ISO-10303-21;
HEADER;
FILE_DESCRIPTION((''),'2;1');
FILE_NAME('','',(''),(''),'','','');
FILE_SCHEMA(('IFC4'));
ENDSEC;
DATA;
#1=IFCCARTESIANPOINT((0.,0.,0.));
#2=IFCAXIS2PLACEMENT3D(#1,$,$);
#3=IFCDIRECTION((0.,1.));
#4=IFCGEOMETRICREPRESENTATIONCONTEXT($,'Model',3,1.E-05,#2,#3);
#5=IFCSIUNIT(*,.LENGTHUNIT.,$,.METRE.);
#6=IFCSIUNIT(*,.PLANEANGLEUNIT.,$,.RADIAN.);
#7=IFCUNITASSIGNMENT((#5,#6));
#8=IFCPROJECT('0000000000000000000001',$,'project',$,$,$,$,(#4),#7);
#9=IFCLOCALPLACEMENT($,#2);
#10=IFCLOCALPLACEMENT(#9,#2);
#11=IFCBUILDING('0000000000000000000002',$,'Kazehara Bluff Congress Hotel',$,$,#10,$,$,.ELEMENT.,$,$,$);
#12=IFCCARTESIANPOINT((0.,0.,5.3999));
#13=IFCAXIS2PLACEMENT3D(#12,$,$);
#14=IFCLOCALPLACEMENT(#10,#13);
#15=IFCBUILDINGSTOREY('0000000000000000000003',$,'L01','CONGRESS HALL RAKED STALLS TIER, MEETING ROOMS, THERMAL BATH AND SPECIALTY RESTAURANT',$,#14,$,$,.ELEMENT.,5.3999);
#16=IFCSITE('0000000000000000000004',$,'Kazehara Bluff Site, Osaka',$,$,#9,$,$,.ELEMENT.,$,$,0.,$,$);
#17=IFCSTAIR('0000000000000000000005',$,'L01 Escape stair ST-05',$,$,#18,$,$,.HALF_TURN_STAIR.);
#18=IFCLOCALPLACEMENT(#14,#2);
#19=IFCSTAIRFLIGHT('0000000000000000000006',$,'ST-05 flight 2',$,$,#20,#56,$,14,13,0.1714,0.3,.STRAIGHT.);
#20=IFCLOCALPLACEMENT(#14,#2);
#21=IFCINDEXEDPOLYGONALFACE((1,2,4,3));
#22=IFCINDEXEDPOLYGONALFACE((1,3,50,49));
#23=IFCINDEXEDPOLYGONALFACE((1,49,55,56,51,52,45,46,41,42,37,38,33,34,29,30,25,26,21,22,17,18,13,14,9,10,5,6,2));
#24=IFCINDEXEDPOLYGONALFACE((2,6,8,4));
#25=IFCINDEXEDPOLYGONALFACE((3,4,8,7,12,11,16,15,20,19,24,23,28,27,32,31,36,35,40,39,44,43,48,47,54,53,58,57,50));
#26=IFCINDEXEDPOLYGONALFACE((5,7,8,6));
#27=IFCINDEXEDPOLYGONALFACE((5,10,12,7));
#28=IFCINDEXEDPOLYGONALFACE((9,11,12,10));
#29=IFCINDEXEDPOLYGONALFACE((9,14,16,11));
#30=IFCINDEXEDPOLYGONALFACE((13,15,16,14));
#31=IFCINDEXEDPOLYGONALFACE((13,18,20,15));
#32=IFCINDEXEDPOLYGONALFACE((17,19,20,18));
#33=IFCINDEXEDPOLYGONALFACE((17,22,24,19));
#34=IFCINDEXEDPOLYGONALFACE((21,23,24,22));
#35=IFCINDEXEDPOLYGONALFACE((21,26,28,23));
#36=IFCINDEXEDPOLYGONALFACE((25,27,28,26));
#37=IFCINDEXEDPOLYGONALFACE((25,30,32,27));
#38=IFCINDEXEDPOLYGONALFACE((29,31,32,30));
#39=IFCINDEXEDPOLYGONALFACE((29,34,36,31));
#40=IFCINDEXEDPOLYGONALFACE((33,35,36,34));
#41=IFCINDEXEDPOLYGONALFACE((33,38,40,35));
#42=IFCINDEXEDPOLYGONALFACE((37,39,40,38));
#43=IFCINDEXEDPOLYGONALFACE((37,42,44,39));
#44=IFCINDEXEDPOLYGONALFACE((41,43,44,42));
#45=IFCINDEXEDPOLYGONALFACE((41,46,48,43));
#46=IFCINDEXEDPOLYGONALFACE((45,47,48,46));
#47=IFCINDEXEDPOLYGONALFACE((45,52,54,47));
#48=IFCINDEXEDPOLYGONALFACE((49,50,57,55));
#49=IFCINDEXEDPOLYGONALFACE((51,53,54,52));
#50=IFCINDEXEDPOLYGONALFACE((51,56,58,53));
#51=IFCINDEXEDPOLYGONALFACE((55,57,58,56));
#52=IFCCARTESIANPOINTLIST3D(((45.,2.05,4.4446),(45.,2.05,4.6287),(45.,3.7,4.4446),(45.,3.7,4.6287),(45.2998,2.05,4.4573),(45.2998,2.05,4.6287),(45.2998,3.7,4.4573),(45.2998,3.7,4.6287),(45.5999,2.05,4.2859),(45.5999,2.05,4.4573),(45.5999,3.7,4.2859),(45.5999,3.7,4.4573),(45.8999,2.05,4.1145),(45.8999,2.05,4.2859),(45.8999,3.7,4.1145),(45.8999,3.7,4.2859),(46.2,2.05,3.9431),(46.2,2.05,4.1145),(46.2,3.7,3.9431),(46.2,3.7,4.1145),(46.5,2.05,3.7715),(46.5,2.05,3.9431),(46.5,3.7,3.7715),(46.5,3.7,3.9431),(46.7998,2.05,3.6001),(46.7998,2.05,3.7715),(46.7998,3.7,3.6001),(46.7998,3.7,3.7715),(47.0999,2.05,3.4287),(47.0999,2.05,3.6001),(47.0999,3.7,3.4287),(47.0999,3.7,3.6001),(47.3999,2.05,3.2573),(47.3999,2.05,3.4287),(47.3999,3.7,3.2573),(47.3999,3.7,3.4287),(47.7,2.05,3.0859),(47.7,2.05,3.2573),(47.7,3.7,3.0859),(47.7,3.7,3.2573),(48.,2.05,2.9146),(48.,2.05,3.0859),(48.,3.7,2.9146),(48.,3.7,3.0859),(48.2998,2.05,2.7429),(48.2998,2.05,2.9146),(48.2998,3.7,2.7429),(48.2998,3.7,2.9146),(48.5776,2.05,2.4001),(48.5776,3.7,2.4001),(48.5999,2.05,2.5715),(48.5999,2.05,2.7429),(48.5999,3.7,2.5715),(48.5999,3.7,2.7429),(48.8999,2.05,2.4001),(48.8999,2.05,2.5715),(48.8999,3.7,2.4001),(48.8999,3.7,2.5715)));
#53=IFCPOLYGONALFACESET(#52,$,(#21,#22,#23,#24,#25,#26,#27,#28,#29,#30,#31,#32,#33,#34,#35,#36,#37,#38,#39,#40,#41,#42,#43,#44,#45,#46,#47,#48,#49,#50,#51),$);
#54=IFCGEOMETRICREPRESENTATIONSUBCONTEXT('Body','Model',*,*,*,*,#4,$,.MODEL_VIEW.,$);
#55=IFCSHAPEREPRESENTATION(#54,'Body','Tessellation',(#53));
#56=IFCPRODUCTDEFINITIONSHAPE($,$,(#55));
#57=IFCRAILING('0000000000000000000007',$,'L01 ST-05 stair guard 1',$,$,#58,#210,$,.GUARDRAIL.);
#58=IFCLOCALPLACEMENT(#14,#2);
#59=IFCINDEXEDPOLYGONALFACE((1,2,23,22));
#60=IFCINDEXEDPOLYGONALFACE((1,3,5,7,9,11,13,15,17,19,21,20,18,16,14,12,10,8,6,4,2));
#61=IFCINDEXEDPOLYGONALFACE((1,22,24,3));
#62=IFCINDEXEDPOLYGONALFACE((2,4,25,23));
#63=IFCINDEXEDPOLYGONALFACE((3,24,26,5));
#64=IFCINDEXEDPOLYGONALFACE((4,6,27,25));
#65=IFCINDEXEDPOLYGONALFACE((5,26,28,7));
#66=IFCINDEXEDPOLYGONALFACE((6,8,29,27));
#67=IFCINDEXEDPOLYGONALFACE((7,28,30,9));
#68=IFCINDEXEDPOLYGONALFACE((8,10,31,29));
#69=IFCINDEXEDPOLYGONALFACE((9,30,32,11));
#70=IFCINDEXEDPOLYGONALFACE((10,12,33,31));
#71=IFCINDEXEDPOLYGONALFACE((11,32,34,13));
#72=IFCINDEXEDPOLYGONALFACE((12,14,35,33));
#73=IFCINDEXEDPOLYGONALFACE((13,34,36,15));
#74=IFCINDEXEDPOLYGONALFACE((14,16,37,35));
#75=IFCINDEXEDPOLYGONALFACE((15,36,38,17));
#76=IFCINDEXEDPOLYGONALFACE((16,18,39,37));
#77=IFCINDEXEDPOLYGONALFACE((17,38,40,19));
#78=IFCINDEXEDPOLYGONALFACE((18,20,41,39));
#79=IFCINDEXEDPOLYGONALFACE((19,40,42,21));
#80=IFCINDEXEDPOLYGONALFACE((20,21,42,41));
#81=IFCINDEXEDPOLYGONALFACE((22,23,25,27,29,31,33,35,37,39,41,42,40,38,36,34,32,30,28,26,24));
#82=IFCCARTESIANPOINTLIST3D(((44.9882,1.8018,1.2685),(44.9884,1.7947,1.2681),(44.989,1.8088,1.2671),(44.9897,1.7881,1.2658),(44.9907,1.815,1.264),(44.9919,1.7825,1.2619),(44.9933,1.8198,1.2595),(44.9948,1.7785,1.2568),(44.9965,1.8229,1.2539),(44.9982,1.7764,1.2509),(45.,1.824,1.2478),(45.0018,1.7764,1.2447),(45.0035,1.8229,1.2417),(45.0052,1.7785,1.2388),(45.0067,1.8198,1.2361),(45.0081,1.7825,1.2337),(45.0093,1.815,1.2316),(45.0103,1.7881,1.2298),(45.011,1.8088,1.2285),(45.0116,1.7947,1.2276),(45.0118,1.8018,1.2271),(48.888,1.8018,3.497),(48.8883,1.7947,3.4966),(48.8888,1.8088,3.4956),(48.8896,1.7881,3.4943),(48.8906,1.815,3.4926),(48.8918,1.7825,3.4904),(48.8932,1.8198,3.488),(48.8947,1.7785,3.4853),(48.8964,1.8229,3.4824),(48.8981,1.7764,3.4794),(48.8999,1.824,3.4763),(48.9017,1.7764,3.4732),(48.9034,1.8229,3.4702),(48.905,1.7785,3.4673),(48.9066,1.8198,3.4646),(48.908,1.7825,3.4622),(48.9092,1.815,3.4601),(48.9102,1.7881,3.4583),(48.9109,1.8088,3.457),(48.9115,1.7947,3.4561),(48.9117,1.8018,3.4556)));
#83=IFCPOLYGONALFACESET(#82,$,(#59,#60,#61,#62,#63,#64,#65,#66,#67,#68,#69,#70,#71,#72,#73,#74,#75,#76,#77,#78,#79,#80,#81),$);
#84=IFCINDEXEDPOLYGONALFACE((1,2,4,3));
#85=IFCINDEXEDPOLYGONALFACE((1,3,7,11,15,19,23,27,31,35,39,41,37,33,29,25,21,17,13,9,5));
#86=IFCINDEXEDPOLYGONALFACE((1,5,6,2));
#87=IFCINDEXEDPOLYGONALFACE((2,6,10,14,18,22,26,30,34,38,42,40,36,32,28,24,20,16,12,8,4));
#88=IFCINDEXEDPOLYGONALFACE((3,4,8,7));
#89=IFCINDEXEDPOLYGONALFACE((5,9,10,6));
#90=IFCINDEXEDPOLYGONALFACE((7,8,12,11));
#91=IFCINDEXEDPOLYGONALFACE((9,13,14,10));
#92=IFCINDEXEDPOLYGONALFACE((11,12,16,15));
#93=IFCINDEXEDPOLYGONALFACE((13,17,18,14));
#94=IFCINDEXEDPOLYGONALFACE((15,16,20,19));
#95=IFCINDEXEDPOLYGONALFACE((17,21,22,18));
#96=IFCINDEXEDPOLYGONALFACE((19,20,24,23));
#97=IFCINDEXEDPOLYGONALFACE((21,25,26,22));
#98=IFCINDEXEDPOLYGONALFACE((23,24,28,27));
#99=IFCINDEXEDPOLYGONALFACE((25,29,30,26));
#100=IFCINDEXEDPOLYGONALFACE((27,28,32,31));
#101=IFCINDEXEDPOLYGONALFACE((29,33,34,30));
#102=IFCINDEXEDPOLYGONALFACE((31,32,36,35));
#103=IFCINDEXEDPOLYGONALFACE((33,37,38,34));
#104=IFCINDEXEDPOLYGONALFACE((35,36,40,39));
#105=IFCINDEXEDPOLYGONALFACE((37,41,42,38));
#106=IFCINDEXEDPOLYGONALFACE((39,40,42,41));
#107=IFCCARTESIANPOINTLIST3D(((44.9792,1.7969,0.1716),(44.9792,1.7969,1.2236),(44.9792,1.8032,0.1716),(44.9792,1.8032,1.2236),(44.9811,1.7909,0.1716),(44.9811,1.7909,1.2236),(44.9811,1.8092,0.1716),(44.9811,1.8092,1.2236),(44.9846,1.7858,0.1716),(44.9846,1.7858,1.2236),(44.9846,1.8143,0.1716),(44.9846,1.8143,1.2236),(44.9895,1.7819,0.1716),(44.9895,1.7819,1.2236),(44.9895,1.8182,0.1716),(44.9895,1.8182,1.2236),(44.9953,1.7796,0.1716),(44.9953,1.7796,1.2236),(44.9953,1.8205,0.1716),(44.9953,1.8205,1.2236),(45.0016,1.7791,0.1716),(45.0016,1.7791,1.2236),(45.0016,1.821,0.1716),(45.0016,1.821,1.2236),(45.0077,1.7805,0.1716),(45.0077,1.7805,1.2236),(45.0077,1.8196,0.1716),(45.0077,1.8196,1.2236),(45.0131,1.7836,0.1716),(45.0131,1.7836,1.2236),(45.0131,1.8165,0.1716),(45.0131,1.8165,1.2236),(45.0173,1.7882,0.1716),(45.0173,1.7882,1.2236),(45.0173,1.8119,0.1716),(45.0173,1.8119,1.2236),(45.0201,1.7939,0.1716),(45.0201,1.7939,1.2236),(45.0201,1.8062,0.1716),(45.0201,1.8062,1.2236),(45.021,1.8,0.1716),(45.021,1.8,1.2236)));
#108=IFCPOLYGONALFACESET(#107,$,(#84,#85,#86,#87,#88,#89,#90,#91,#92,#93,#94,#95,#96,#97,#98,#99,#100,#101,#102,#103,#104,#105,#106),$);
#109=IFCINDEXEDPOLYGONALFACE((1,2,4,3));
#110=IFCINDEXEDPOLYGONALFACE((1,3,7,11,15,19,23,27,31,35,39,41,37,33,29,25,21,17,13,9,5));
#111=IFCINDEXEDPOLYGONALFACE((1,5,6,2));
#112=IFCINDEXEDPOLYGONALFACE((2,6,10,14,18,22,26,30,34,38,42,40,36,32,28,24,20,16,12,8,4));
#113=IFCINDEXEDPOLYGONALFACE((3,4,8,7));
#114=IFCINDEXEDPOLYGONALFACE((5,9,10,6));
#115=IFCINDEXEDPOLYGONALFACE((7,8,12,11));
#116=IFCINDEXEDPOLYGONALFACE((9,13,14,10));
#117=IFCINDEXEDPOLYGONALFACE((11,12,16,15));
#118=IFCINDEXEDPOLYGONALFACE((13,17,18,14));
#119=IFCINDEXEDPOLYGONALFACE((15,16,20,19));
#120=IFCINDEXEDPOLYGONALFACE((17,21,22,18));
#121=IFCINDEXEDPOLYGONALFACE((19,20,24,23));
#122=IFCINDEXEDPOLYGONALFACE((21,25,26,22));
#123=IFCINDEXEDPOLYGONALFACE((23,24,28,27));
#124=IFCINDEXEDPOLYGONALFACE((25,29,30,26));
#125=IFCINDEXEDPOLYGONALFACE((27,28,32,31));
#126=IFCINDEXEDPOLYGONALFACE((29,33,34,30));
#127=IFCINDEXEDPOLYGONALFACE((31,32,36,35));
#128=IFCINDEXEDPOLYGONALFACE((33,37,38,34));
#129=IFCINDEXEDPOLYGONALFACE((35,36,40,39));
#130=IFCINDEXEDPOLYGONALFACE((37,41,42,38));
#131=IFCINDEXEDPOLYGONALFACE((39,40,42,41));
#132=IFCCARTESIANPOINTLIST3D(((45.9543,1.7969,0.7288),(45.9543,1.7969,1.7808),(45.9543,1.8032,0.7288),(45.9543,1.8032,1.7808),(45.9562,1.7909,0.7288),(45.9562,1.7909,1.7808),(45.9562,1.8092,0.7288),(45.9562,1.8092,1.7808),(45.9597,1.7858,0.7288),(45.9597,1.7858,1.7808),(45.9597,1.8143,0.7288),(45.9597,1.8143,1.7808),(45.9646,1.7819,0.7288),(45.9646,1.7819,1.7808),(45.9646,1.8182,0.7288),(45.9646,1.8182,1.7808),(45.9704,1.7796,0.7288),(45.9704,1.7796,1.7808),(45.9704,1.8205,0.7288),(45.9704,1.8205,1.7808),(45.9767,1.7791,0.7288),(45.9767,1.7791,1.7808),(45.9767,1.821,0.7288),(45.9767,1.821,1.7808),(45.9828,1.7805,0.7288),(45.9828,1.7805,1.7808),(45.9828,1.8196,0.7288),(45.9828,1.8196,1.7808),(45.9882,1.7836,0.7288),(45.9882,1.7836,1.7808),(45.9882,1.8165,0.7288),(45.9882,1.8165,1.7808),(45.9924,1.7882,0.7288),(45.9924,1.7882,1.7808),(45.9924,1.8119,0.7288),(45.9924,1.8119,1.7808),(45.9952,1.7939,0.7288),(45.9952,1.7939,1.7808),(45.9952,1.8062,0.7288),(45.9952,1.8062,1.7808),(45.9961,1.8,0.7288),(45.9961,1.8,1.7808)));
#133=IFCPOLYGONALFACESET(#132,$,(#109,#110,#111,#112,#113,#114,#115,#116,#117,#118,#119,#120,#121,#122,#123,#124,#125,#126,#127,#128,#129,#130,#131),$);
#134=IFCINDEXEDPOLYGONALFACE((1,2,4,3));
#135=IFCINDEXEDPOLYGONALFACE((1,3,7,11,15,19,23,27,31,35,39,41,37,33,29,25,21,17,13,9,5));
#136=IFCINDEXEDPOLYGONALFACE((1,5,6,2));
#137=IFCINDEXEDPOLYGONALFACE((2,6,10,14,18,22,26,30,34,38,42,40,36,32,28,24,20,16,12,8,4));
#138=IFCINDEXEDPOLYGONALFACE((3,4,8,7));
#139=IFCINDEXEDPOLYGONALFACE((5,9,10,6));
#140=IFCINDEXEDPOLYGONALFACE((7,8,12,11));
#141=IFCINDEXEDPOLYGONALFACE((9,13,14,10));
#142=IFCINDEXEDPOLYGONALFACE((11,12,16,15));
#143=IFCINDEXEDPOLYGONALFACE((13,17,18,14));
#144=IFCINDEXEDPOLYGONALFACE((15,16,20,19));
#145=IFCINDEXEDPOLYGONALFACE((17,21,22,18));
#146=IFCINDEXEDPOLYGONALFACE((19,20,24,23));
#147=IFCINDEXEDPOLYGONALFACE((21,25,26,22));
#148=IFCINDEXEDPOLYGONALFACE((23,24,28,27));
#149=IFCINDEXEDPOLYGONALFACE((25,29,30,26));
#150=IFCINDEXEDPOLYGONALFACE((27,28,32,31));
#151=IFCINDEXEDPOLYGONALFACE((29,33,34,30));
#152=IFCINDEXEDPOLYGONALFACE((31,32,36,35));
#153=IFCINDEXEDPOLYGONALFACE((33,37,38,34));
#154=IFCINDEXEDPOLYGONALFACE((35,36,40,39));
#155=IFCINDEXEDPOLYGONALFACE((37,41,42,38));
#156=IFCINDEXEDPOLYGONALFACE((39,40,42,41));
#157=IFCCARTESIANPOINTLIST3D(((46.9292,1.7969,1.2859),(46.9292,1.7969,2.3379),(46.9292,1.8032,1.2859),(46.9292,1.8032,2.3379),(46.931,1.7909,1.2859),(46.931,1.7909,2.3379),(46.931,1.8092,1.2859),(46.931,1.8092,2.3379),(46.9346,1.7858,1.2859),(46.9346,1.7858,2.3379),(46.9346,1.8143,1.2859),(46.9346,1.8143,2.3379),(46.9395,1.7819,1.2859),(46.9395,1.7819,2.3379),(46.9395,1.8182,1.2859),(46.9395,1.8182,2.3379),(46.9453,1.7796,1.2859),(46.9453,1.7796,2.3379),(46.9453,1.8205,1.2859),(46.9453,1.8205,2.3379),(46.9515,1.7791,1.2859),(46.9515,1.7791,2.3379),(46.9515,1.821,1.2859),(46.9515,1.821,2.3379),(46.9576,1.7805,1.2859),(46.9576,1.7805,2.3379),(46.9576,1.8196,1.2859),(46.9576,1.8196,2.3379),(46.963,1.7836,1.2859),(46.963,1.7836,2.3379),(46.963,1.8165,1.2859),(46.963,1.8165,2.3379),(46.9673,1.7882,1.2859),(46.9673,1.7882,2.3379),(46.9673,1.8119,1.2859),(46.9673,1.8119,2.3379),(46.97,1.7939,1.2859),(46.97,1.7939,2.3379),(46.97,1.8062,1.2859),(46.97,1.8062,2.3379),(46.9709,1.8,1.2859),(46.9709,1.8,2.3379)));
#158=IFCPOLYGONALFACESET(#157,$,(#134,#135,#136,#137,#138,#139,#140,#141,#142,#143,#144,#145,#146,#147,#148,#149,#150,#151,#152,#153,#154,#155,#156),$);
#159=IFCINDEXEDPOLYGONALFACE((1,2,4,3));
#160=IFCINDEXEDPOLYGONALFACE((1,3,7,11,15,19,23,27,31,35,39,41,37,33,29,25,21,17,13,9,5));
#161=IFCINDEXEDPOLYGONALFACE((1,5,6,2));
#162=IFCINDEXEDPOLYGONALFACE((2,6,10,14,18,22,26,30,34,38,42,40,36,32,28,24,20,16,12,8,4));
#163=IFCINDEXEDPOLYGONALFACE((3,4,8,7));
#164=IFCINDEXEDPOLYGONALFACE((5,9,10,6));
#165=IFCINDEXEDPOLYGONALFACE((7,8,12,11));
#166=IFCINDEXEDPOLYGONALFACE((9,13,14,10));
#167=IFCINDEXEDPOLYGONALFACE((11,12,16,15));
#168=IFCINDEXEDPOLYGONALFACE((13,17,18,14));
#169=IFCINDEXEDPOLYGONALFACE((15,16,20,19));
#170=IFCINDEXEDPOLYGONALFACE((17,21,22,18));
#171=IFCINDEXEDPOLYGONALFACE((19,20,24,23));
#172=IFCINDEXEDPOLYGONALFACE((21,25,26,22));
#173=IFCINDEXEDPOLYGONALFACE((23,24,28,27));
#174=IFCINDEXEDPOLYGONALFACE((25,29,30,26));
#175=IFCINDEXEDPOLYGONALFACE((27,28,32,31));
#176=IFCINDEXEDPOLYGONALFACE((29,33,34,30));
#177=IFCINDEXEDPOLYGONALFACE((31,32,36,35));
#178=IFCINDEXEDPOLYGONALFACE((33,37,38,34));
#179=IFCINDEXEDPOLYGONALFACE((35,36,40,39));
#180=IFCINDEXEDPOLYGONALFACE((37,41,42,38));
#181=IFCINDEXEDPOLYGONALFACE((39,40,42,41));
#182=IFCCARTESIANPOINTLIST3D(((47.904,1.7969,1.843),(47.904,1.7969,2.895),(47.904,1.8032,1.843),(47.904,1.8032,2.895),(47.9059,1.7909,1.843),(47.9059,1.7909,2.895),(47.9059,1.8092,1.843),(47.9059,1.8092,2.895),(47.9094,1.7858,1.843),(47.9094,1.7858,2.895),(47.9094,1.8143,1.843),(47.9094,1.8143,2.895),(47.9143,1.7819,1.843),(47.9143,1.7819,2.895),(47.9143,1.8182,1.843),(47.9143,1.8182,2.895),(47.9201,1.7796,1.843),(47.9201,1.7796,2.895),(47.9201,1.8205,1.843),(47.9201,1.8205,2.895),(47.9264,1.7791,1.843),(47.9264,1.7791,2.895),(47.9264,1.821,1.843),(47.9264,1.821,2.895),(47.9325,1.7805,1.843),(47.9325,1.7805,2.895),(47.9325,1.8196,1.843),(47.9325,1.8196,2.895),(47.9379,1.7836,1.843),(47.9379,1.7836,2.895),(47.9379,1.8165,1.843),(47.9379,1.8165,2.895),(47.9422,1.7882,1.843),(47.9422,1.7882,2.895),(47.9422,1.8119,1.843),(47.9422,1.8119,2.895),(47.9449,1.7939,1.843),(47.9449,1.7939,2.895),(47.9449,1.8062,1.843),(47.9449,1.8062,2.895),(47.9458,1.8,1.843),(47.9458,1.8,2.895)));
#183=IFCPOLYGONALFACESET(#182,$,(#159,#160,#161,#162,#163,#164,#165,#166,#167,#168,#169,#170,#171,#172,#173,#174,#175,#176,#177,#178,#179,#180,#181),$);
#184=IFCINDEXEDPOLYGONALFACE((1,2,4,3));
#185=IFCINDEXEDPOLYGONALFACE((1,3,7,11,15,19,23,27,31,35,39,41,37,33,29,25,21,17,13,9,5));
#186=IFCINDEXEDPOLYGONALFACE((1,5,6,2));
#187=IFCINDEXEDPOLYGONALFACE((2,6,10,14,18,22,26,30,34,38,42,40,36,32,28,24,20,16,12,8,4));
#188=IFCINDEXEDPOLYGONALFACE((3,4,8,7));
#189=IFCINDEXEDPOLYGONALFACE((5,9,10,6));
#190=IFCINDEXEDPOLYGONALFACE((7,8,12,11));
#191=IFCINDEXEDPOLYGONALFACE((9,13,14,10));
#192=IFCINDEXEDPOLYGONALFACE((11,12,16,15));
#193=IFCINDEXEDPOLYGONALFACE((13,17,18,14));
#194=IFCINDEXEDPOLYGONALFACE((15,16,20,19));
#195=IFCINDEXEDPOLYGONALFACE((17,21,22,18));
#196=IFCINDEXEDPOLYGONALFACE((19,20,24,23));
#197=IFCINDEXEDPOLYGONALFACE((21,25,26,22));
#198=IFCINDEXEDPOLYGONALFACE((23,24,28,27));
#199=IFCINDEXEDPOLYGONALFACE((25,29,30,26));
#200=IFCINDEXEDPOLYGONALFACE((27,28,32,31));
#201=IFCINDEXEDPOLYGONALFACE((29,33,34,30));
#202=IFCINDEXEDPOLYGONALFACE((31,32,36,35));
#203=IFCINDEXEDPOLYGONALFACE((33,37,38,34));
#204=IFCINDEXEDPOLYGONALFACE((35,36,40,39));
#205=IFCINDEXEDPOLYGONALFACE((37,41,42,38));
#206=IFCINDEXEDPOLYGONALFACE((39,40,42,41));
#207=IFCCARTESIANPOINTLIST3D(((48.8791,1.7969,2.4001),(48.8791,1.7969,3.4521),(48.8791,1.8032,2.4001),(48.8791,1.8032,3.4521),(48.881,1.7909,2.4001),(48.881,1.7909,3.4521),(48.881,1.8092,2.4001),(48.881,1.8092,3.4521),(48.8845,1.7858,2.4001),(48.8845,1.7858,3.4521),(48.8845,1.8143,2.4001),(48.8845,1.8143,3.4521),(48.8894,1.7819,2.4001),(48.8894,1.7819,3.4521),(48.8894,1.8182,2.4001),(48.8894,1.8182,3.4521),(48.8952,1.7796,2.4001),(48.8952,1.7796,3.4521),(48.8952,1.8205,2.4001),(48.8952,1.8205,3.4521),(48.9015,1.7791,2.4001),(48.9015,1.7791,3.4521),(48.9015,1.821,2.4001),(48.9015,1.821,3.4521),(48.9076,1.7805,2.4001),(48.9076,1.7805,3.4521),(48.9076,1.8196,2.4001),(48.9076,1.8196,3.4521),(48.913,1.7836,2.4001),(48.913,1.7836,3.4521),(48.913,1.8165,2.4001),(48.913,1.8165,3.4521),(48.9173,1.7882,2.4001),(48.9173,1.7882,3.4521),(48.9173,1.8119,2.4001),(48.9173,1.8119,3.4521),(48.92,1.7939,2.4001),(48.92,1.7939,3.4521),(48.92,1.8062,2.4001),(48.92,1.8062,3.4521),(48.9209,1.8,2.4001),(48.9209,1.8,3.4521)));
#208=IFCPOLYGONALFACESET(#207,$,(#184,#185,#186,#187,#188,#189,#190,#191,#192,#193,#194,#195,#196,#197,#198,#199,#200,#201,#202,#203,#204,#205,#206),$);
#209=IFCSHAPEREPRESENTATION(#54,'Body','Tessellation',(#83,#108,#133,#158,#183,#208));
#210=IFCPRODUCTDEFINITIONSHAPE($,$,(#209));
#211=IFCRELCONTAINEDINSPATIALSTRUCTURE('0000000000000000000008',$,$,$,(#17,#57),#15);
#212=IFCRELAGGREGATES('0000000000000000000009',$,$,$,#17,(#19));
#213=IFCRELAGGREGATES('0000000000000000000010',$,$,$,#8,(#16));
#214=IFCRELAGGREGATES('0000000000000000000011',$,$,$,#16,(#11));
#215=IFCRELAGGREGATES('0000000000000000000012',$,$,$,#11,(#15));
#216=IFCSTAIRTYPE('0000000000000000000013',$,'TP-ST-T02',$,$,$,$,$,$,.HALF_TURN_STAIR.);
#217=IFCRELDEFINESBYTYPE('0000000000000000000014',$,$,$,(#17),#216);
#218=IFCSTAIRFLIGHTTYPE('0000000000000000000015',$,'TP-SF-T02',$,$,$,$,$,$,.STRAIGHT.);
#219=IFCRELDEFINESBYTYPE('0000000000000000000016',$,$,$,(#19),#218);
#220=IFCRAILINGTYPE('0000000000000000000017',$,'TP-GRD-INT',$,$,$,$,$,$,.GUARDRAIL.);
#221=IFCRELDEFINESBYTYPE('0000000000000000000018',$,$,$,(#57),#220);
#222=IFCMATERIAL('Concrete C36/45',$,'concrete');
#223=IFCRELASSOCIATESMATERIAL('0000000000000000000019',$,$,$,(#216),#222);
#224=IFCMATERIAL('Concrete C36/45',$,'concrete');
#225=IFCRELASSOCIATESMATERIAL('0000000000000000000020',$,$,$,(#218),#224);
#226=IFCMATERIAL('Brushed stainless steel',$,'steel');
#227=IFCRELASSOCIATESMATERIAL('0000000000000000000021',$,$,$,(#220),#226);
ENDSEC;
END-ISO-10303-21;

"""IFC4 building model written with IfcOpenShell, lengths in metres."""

from ifc_helpers import new_model, si_unit, direction, frame, origin, origin_2d, place, context, subcontext, project, spatial, polyline, circle, outline, extrude, material, type_object, element, aggregate, save


model = new_model("IFC4")

# Units and contexts
model_context = context("Model", 3, precision=1e-05, world=origin(), true_north=direction((0.0, 1.0)))
body_context = subcontext(model_context, "Body", "Model", "MODEL_VIEW")
ifc_project = project(units=[si_unit("LENGTHUNIT", "METRE"), si_unit("PLANEANGLEUNIT", "RADIAN")], contexts=[model_context])

# Site, building, storey
site_placement = place(None, origin())
site = spatial("IfcSite", under=ifc_project, at=site_placement, Name="Kazehara Bluff Site, Osaka", CompositionType="ELEMENT", RefElevation=0.0)
building_placement = place(site_placement, origin())
building = spatial("IfcBuilding", under=site, at=building_placement, Name="Kazehara Bluff Congress Hotel", CompositionType="ELEMENT")
storey_placement = place(building_placement, frame((0.0, 0.0, 5.3999)))
storey = spatial("IfcBuildingStorey", under=building, at=storey_placement, Name="L01", Description="CONGRESS HALL RAKED STALLS TIER, MEETING ROOMS, THERMAL BATH AND SPECIALTY RESTAURANT", CompositionType="ELEMENT", Elevation=5.3999)

# Stair, stair flight
ifc_material_1 = material(Name="Concrete C36/45", Category="concrete")
stair_type = type_object("IfcStairType", Name="TP-ST-T02", PredefinedType="HALF_TURN_STAIR", material=ifc_material_1)
stair_placement = place(storey_placement, origin())
stair = element("IfcStair", 1, at=stair_placement, inside=storey, type_object=stair_type, Name="L01 Escape stair ST-05", PredefinedType="HALF_TURN_STAIR")
ifc_material_2 = material(Name="Concrete C36/45", Category="concrete")
stair_flight_type = type_object("IfcStairFlightType", Name="TP-SF-T02", PredefinedType="STRAIGHT", material=ifc_material_2)
stair_flight_1_placement = place(storey_placement, frame((48.8999, 2.875, 2.4001), z_axis=(0.0, 0.0, 1.0), x_axis=(-1.0, 0.0, 0.0)))
stair_flight_1 = element("IfcStairFlight", 2, at=stair_flight_1_placement, type_object=stair_flight_type, Name="ST-05 flight 2", NumberOfRisers=14, NumberOfTreads=13, PredefinedType="STRAIGHT", RiserHeight=0.1714, TreadLength=0.3, context=body_context, shape_type="SweptSolid", body=[
    extrude(outline(polyline([(0.0, 0.0), (0.0, 0.1714), (0.3, 0.1714), (0.3, 0.3428), (0.6001, 0.3428), (0.6001, 0.5144), (0.8999, 0.5144), (0.8999, 0.6858), (1.2, 0.6858), (1.2, 0.8572), (1.5, 0.8572), (1.5, 1.0286), (1.8, 1.0286), (1.8, 1.2), (2.1001, 1.2), (2.1001, 1.3713), (2.3999, 1.3713), (2.3999, 1.543), (2.7, 1.543), (2.7, 1.7144), (3.0, 1.7144), (3.0, 1.8857), (3.3, 1.8857), (3.3, 2.0571), (3.6001, 2.0571), (3.6001, 2.2285), (3.8999, 2.2285), (3.8999, 2.3999), (3.8999, 2.0444), (0.3223, 0.0), (0.0, 0.0)])), frame((0.0, 0.825, 0.0), z_axis=(0.0, -1.0, 0.0), x_axis=(1.0, 0.0, 0.0)), (0.0, 0.0, 1.0), 1.6499),
])
aggregate(stair, [stair_flight_1])

# Railing
ifc_material_3 = material(Name="Brushed stainless steel", Category="steel")
railing_type_1 = type_object("IfcRailingType", Name="TP-GRD-INT", PredefinedType="GUARDRAIL", material=ifc_material_3)
railing_1_placement = place(storey_placement, frame((45.0, 1.8, 0.1716)))
element("IfcRailing", 3, at=railing_1_placement, inside=storey, type_object=railing_type_1, Name="L01 ST-05 stair guard 1", PredefinedType="GUARDRAIL", context=body_context, shape_type="SweptSolid", body=[
    extrude(circle(Radius=0.0239, at=origin_2d()), frame((0.0, 0.0, 1.0762), z_axis=(0.868243, 0.0, 0.496139), x_axis=(0.0, 1.0, 0.0)), (0.0, 0.0, 1.0), 4.4917),
    extrude(circle(Radius=0.021, at=origin_2d()), origin(), (0.0, 0.0, 1.0), 1.052),
    extrude(circle(Radius=0.021, at=origin_2d()), frame((0.9751, 0.0, 0.5571)), (0.0, 0.0, 1.0), 1.052),
    extrude(circle(Radius=0.021, at=origin_2d()), frame((1.95, 0.0, 1.1143)), (0.0, 0.0, 1.0), 1.052),
    extrude(circle(Radius=0.021, at=origin_2d()), frame((2.9248, 0.0, 1.6714)), (0.0, 0.0, 1.0), 1.052),
    extrude(circle(Radius=0.021, at=origin_2d()), frame((3.8999, 0.0, 2.2285)), (0.0, 0.0, 1.0), 1.052),
])

save(model, "model.ifc")
